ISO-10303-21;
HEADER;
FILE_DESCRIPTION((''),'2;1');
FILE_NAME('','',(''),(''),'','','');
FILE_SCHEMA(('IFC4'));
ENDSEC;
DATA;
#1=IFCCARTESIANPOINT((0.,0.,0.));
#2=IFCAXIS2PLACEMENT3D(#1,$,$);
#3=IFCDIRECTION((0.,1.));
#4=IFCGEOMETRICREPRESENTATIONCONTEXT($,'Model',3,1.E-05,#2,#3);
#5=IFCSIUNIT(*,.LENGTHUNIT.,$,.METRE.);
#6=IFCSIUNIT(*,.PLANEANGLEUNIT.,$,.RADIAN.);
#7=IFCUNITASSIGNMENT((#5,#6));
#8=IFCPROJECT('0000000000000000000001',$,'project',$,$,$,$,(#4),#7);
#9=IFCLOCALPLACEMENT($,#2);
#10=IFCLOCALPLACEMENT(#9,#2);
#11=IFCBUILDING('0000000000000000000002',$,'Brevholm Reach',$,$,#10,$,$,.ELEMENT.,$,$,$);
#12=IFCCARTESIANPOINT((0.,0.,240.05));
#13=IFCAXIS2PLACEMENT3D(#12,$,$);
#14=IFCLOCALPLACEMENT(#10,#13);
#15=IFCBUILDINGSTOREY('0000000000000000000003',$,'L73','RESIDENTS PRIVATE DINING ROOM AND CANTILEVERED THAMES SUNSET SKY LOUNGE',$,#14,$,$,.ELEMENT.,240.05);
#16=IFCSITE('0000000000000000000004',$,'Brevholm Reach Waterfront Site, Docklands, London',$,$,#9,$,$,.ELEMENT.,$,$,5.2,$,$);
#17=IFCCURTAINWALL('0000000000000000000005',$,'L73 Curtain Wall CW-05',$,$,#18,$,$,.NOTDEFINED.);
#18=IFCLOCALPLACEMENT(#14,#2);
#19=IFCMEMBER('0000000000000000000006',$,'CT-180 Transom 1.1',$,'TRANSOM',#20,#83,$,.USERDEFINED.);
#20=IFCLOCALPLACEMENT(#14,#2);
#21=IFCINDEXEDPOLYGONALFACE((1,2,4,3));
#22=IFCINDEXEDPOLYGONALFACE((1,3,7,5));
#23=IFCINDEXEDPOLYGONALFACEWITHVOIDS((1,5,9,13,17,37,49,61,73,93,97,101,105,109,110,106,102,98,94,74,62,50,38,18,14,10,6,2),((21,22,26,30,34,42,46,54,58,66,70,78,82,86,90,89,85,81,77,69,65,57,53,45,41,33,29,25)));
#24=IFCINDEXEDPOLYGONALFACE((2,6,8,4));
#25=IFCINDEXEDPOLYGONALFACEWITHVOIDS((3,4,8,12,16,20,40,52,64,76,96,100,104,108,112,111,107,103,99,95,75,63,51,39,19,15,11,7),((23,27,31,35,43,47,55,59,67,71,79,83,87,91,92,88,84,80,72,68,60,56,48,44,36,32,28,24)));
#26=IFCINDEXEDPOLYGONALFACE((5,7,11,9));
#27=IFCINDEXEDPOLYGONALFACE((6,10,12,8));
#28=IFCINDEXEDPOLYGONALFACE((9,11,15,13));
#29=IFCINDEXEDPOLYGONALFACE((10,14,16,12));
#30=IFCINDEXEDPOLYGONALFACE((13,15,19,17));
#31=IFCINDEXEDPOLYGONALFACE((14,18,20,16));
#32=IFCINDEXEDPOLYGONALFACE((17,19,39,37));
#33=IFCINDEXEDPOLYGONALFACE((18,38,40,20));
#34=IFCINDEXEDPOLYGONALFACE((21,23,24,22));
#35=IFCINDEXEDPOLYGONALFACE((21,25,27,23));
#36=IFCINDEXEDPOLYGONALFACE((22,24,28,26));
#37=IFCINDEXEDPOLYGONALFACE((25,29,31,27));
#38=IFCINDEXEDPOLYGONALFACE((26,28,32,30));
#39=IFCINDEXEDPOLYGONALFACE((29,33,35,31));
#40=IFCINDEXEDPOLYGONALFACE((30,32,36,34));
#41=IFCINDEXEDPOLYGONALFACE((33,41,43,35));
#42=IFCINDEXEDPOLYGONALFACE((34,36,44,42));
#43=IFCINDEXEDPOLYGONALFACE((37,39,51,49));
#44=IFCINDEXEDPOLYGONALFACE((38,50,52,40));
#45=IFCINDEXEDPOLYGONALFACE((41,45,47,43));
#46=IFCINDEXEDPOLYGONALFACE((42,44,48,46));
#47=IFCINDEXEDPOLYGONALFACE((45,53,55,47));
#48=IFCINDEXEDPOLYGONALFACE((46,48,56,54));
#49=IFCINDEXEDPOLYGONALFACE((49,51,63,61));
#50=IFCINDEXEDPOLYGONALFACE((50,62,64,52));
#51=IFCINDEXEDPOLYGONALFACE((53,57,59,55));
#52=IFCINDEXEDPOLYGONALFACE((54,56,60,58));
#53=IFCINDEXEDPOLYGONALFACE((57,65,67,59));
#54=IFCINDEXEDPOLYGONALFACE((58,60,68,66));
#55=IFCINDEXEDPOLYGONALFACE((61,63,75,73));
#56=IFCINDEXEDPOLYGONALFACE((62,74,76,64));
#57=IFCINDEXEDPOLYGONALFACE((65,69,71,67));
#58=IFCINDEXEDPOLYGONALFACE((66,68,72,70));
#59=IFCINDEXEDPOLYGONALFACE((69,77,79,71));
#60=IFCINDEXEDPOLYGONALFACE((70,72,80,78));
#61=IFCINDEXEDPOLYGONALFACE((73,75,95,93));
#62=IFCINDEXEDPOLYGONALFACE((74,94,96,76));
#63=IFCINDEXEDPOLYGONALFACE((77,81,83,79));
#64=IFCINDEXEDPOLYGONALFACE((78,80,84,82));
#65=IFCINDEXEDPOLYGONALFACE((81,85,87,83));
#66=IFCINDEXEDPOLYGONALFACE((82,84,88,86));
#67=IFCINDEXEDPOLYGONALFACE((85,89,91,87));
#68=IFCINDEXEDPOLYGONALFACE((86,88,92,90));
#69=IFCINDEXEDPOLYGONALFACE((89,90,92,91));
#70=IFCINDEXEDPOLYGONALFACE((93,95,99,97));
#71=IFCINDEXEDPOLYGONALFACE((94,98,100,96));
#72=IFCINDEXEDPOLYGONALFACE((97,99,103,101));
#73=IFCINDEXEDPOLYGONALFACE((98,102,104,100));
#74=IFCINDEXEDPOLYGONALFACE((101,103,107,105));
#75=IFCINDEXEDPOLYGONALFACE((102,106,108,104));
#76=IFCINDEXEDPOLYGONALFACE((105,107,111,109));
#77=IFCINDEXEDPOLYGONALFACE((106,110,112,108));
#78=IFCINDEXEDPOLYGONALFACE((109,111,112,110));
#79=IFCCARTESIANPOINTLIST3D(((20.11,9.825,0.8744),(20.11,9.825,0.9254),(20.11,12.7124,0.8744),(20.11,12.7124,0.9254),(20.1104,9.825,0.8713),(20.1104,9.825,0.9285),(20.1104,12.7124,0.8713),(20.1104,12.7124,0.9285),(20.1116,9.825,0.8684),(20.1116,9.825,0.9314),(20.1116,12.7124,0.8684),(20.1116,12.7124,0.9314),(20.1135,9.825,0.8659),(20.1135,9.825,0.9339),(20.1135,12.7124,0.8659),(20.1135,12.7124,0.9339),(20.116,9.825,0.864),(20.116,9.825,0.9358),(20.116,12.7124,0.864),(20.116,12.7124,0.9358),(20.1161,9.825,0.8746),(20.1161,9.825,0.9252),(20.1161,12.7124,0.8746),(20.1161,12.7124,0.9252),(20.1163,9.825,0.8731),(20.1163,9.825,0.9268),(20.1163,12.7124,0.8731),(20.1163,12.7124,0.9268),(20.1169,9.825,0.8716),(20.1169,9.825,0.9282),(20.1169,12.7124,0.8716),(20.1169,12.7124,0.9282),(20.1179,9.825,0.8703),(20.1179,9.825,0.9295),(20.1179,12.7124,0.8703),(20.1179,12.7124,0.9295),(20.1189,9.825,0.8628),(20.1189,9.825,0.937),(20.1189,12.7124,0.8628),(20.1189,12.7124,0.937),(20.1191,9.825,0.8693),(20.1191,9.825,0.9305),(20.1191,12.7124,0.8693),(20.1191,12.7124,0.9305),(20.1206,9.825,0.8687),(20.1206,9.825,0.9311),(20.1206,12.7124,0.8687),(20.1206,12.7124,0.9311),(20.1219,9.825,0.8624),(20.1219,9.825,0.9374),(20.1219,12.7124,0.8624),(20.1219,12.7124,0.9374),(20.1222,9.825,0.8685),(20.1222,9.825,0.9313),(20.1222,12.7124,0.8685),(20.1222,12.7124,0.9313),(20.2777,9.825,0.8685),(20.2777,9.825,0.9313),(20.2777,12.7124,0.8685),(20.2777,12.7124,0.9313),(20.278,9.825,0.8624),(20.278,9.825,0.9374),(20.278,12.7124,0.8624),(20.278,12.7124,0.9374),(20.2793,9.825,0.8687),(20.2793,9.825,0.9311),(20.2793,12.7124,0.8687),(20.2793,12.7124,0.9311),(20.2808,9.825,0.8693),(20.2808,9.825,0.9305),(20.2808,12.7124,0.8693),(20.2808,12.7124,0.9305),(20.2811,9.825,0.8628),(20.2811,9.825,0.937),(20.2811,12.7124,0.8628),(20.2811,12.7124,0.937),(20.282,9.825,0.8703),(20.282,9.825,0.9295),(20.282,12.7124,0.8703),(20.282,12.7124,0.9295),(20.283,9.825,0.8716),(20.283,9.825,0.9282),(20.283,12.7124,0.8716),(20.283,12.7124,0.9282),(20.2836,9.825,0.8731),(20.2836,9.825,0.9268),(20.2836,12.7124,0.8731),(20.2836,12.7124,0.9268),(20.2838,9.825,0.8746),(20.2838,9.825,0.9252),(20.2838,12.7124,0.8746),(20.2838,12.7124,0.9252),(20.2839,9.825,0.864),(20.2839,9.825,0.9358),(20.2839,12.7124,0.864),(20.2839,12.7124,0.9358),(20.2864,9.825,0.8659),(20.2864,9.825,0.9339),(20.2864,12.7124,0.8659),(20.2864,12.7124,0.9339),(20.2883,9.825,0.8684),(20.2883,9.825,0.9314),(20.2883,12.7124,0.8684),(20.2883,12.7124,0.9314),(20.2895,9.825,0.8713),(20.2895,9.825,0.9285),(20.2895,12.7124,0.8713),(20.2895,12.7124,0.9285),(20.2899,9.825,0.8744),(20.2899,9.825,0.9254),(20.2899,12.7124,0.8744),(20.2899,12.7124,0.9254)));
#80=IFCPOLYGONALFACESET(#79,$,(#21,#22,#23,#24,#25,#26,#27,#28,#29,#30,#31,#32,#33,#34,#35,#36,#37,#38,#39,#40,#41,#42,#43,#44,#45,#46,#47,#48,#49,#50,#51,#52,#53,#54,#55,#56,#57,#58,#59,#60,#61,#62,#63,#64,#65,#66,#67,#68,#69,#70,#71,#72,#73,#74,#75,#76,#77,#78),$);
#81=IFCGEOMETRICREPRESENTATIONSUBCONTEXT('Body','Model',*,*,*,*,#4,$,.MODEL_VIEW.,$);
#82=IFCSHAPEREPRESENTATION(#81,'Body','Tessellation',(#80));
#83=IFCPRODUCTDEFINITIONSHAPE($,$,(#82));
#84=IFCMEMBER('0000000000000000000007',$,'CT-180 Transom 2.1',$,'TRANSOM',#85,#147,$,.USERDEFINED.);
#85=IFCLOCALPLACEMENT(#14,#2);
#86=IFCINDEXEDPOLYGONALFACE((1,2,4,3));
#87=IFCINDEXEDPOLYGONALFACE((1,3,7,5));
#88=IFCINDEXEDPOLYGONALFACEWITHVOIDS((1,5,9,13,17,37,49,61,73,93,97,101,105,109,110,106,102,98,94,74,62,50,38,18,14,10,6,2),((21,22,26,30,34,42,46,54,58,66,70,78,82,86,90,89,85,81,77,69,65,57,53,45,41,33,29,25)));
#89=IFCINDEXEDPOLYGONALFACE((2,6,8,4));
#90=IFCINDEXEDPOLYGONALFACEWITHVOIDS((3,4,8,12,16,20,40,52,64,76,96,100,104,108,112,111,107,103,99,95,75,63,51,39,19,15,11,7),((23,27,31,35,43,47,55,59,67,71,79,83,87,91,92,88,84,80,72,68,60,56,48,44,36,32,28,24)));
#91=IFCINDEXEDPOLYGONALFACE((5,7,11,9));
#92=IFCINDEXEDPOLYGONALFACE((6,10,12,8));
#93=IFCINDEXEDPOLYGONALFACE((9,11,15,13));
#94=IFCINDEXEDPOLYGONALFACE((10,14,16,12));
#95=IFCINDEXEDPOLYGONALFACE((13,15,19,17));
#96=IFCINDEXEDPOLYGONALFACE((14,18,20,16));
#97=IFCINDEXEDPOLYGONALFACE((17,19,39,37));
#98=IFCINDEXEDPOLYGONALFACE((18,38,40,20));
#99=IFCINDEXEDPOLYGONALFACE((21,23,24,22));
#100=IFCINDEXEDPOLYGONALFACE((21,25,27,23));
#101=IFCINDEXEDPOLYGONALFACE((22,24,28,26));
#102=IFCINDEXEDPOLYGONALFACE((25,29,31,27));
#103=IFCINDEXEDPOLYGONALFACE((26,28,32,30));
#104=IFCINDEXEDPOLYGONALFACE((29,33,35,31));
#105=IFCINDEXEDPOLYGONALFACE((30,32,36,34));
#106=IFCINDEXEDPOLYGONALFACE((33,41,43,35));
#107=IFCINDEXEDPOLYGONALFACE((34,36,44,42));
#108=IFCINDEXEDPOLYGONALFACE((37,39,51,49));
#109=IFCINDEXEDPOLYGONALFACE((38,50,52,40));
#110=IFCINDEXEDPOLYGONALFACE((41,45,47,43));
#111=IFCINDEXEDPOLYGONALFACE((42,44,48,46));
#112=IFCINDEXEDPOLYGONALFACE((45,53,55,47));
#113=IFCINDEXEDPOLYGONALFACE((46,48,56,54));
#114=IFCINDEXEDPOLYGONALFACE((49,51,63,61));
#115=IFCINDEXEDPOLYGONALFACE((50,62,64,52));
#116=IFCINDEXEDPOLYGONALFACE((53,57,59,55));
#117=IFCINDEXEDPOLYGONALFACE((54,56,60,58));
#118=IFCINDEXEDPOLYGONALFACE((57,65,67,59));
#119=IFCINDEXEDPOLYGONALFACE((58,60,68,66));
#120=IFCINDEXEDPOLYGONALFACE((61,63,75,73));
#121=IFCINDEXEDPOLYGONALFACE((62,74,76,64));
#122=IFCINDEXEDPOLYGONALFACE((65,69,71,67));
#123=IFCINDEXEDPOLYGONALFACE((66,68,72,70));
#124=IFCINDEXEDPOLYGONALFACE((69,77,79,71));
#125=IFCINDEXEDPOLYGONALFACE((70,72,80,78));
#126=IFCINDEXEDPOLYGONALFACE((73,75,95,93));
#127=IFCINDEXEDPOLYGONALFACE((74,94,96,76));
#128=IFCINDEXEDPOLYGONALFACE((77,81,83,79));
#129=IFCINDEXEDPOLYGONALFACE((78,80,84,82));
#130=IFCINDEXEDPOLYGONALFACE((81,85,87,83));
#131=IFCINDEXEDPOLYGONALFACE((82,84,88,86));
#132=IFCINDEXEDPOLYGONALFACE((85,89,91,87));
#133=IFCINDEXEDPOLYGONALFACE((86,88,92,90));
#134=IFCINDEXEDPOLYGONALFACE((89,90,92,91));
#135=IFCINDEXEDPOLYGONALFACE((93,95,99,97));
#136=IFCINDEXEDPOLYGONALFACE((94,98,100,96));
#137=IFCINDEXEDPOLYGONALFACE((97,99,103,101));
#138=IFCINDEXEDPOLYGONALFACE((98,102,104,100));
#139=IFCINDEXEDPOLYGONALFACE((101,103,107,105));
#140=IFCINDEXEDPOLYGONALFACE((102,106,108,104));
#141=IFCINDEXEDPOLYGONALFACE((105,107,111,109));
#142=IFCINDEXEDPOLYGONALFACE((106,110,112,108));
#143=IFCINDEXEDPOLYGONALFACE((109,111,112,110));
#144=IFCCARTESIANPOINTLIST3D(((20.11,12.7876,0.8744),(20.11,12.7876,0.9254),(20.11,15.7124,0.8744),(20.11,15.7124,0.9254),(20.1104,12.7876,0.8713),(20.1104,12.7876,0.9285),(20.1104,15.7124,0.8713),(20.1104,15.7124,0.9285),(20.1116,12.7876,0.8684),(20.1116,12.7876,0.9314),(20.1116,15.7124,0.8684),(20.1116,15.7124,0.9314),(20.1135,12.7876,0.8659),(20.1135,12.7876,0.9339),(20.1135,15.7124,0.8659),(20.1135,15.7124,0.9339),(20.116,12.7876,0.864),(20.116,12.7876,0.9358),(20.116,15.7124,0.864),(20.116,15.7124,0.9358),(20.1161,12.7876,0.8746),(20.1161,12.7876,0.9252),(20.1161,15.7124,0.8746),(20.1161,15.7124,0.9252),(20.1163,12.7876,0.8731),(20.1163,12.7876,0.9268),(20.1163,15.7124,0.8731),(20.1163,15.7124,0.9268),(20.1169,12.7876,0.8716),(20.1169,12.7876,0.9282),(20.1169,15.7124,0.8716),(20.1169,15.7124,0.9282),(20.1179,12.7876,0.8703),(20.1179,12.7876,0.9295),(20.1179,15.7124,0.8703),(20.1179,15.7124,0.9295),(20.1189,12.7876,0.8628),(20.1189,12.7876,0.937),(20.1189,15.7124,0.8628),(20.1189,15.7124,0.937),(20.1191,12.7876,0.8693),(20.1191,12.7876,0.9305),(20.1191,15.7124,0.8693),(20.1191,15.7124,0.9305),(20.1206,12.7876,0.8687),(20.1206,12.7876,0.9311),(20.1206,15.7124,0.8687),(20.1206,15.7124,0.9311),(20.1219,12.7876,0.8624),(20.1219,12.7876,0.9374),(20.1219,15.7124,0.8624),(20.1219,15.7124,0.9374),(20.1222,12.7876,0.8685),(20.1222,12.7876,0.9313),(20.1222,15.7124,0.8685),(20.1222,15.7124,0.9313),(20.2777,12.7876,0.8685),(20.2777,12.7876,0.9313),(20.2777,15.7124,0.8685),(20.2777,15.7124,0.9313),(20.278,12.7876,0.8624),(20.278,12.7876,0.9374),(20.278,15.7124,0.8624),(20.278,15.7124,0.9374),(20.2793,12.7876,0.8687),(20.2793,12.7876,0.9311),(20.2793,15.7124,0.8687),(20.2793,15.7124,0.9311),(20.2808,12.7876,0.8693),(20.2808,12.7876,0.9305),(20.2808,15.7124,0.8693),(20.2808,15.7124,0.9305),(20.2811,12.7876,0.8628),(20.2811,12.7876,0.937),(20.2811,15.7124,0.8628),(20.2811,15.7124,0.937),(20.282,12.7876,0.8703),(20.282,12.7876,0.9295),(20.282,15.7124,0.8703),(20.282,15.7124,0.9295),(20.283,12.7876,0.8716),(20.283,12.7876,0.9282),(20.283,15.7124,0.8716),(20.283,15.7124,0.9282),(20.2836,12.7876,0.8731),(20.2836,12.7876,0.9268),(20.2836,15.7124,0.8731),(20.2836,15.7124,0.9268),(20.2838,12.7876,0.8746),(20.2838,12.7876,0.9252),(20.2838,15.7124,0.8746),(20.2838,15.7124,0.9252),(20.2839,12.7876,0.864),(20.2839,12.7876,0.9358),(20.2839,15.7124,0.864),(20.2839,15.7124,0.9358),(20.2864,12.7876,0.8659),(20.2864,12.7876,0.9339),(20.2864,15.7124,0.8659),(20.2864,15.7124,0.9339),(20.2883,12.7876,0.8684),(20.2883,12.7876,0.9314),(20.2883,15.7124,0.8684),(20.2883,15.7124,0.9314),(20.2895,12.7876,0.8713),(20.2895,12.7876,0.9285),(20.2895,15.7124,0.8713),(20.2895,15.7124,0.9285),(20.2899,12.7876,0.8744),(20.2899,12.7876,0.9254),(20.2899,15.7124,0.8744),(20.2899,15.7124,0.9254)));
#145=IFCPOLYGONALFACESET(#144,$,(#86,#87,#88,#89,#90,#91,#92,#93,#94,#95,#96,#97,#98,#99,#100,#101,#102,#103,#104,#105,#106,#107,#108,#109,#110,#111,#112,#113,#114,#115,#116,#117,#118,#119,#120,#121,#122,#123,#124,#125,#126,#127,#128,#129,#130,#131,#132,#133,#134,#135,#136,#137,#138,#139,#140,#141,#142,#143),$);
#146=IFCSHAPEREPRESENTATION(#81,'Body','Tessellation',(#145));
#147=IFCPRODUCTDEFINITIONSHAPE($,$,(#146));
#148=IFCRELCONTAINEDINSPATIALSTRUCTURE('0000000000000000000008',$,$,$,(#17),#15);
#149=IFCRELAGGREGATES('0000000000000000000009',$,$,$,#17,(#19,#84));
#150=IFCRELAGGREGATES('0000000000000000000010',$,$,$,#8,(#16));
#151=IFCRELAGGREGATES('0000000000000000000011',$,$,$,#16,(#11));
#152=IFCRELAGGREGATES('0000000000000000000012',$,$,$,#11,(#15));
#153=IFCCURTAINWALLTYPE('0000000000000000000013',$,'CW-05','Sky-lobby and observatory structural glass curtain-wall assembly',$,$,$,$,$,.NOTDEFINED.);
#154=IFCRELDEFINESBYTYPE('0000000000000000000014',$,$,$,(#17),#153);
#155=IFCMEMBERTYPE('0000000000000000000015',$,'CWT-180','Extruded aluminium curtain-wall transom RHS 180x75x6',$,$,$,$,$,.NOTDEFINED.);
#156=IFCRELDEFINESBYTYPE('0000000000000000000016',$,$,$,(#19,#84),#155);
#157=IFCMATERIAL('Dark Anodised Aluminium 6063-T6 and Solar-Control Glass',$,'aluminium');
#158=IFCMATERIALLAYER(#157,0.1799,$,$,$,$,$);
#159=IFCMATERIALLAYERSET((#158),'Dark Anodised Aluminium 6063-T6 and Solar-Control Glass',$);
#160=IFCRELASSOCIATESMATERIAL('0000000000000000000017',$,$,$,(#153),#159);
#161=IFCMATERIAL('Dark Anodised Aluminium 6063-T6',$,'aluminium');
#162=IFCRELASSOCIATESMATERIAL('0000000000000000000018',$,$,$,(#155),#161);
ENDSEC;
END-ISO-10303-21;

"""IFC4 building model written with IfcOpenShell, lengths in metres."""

from ifc_helpers import new_model, si_unit, direction, frame, origin, origin_2d, place, context, subcontext, project, spatial, hollow_rectangle, extrude, material, layer, layer_set, material_profile, profile_set, type_object, element, aggregate, save


model = new_model("IFC4")

# Units and contexts
model_context = context("Model", 3, precision=1e-05, world=origin(), true_north=direction((0.0, 1.0)))
body_context = subcontext(model_context, "Body", "Model", "MODEL_VIEW")
ifc_project = project(units=[si_unit("LENGTHUNIT", "METRE"), si_unit("PLANEANGLEUNIT", "RADIAN")], contexts=[model_context])

# Site, building, storey
site_placement = place(None, origin())
site = spatial("IfcSite", under=ifc_project, at=site_placement, Name="Brevholm Reach Waterfront Site, Docklands, London", CompositionType="ELEMENT", RefElevation=5.2)
building_placement = place(site_placement, origin())
building = spatial("IfcBuilding", under=site, at=building_placement, Name="Brevholm Reach", CompositionType="ELEMENT")
storey_placement = place(building_placement, frame((0.0, 0.0, 240.05)))
storey = spatial("IfcBuildingStorey", under=building, at=storey_placement, Name="L73", Description="RESIDENTS PRIVATE DINING ROOM AND CANTILEVERED THAMES SUNSET SKY LOUNGE", CompositionType="ELEMENT", Elevation=240.05)

# Curtain wall, members
ifc_material_1 = material(Name="Dark Anodised Aluminium 6063-T6 and Solar-Control Glass", Category="aluminium")
ifc_layer_1 = layer(ifc_material_1, 0.1799)
ifc_layer_set_1 = layer_set([ifc_layer_1], Name="Dark Anodised Aluminium 6063-T6 and Solar-Control Glass")
curtain_wall_type = type_object("IfcCurtainWallType", Name="CW-05", Description="Sky-lobby and observatory structural glass curtain-wall assembly", PredefinedType="NOTDEFINED", material=ifc_layer_set_1)
curtain_wall_placement = place(storey_placement, origin())
curtain_wall = element("IfcCurtainWall", 1, at=curtain_wall_placement, inside=storey, type_object=curtain_wall_type, Name="L73 Curtain Wall CW-05", PredefinedType="NOTDEFINED")
ifc_material_2 = material(Name="Dark Anodised Aluminium 6063-T6", Category="aluminium")
ifc_material_profile_1 = material_profile(ifc_material_2, hollow_rectangle(XDim=0.075, YDim=0.1799, WallThickness=0.0061, InnerFilletRadius=0.0061, OuterFilletRadius=0.012, at=origin_2d()), Name="RHS 180x75x6")
ifc_profile_set_1 = profile_set([ifc_material_profile_1], Name="Dark Anodised Aluminium 6063-T6")
member_type_1 = type_object("IfcMemberType", Name="CWT-180", Description="Extruded aluminium curtain-wall transom RHS 180x75x6", PredefinedType="NOTDEFINED", material=ifc_profile_set_1)
member_1_placement = place(storey_placement, frame((20.2, 9.825, 0.8999), z_axis=(0.0, 1.0, 0.0), x_axis=(0.0, 0.0, 1.0)))
member_1 = element("IfcMember", 2, at=member_1_placement, type_object=member_type_1, Name="CT-180 Transom 1.1", ObjectType="TRANSOM", PredefinedType="USERDEFINED", context=body_context, shape_type="SweptSolid", body=[
    extrude(hollow_rectangle(XDim=0.075, YDim=0.1799, WallThickness=0.0061, InnerFilletRadius=0.0061, OuterFilletRadius=0.012, at=origin_2d()), origin(), (0.0, 0.0, 1.0), 2.8875),
])
member_2_placement = place(storey_placement, frame((20.2, 12.7876, 0.8999), z_axis=(0.0, 1.0, 0.0), x_axis=(0.0, 0.0, 1.0)))
member_2 = element("IfcMember", 3, at=member_2_placement, type_object=member_type_1, Name="CT-180 Transom 2.1", ObjectType="TRANSOM", PredefinedType="USERDEFINED", context=body_context, shape_type="SweptSolid", body=[
    extrude(hollow_rectangle(XDim=0.075, YDim=0.1799, WallThickness=0.0061, InnerFilletRadius=0.0061, OuterFilletRadius=0.012, at=origin_2d()), origin(), (0.0, 0.0, 1.0), 2.9248),
])
aggregate(curtain_wall, [member_1, member_2])

save(model, "model.ifc")
